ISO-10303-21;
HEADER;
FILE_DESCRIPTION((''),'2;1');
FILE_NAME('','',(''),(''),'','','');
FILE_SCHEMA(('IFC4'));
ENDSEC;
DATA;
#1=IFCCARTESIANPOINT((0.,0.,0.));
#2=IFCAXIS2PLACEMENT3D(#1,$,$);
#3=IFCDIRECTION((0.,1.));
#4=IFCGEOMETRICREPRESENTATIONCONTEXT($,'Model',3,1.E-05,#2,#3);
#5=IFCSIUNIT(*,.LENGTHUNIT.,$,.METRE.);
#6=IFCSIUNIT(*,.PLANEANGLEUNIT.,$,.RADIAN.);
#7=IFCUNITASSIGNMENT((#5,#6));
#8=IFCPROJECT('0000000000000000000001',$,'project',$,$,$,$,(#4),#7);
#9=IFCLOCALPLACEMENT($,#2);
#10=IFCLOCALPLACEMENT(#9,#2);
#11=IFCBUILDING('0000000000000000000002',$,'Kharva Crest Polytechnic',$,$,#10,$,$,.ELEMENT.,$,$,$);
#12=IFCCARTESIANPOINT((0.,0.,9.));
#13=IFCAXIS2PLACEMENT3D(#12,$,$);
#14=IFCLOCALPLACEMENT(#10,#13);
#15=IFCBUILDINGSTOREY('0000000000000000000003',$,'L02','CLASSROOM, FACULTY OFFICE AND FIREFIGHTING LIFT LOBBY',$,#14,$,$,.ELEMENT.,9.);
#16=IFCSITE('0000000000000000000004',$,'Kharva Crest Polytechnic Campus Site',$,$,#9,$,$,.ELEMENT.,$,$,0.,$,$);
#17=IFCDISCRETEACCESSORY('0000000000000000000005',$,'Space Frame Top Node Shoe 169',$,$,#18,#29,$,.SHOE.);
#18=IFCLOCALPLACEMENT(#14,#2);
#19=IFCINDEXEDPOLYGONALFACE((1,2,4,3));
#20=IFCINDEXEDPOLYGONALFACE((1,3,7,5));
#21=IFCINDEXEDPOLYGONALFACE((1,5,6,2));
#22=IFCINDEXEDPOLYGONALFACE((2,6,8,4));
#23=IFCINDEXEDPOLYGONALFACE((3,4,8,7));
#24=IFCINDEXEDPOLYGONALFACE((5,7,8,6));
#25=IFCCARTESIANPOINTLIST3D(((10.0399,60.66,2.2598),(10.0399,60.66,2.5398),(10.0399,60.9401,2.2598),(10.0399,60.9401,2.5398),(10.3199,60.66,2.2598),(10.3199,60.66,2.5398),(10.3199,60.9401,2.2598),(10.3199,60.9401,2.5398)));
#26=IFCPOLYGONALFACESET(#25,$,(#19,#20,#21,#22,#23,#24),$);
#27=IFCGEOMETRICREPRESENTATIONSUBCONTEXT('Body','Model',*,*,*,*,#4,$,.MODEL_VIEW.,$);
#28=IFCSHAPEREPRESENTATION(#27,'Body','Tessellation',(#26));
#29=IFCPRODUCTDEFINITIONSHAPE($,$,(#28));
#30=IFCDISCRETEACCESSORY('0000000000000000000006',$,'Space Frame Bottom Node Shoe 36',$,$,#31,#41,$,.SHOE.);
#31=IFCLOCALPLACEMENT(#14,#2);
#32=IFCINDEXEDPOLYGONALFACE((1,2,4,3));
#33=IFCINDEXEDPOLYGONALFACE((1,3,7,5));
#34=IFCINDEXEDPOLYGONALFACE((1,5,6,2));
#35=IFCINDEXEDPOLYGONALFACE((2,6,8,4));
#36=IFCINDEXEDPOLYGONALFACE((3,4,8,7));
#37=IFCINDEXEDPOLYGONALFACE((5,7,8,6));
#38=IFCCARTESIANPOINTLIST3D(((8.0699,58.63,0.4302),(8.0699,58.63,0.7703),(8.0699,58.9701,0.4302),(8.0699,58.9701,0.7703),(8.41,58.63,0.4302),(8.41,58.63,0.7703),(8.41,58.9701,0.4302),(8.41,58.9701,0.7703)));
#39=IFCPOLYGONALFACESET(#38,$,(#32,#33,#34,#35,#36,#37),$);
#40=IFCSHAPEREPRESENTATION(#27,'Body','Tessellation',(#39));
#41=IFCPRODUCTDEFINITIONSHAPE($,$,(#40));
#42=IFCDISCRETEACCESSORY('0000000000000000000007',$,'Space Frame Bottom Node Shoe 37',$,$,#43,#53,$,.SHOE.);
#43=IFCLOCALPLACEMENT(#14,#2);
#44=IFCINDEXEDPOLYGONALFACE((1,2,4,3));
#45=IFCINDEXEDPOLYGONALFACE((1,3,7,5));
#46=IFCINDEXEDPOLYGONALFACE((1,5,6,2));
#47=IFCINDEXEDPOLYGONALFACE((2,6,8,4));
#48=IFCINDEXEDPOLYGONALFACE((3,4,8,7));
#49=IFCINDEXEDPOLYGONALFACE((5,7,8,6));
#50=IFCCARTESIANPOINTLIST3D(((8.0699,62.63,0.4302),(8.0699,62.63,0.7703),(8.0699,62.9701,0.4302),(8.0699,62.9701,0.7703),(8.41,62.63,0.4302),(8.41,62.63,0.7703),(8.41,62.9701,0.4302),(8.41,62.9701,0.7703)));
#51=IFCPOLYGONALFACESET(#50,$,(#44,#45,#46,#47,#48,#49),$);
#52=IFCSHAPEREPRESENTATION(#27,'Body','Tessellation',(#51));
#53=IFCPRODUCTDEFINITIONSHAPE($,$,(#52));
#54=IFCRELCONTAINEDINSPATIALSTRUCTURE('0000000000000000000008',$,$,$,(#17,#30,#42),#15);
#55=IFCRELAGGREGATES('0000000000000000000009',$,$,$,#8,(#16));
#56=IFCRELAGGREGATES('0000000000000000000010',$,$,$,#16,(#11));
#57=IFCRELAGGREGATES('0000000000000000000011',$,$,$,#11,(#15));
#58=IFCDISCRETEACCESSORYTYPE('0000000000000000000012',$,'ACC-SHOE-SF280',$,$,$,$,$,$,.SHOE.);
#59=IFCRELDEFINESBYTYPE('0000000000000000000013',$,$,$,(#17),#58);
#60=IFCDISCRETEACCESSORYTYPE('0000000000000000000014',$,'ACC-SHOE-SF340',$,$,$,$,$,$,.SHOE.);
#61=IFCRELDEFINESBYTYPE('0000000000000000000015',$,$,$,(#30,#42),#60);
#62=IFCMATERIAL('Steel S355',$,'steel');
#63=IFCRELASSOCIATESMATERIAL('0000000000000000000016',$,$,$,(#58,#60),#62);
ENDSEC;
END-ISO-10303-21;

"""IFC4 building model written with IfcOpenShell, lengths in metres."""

from ifc_helpers import new_model, si_unit, direction, frame, origin, origin_2d, place, context, subcontext, project, spatial, rectangle, extrude, material, type_object, element, save


model = new_model("IFC4")

# Units and contexts
model_context = context("Model", 3, precision=1e-05, world=origin(), true_north=direction((0.0, 1.0)))
body_context = subcontext(model_context, "Body", "Model", "MODEL_VIEW")
ifc_project = project(units=[si_unit("LENGTHUNIT", "METRE"), si_unit("PLANEANGLEUNIT", "RADIAN")], contexts=[model_context])

# Site, building, storey
site_placement = place(None, origin())
site = spatial("IfcSite", under=ifc_project, at=site_placement, Name="Kharva Crest Polytechnic Campus Site", CompositionType="ELEMENT", RefElevation=0.0)
building_placement = place(site_placement, origin())
building = spatial("IfcBuilding", under=site, at=building_placement, Name="Kharva Crest Polytechnic", CompositionType="ELEMENT")
storey_placement = place(building_placement, frame((0.0, 0.0, 9.0)))
storey = spatial("IfcBuildingStorey", under=building, at=storey_placement, Name="L02", Description="CLASSROOM, FACULTY OFFICE AND FIREFIGHTING LIFT LOBBY", CompositionType="ELEMENT", Elevation=9.0)

# Shared definitions
ifc_material_1 = material(Name="Steel S355", Category="steel")

# Discrete accessories
discrete_accessory_type_1 = type_object("IfcDiscreteAccessoryType", Name="ACC-SHOE-SF280", PredefinedType="SHOE", material=ifc_material_1)
for number, where, z_axis, x_axis, name in (
    (1, (10.1799, 60.8, 2.2598), (0.0, 0.0, 1.0), (1.0, 0.0, 0.0), "Space Frame Top Node Shoe 169"),
):
    element("IfcDiscreteAccessory", number, at=place(storey_placement, frame(where, z_axis=z_axis, x_axis=x_axis)), inside=storey, type_object=discrete_accessory_type_1, Name=name, PredefinedType="SHOE", context=body_context, shape_type="SweptSolid", body=[
        extrude(rectangle(XDim=0.28, YDim=0.28, at=origin_2d()), origin(), (0.0, 0.0, 1.0), 0.28),
    ])
discrete_accessory_type_2 = type_object("IfcDiscreteAccessoryType", Name="ACC-SHOE-SF340", PredefinedType="SHOE", material=ifc_material_1)
for number, where, z_axis, x_axis, name in (
    (2, (8.24, 58.8, 0.4302), (0.0, 0.0, 1.0), (1.0, 0.0, 0.0), "Space Frame Bottom Node Shoe 36"),
    (3, (8.24, 62.8, 0.4302), (0.0, 0.0, 1.0), (1.0, 0.0, 0.0), "Space Frame Bottom Node Shoe 37"),
):
    element("IfcDiscreteAccessory", number, at=place(storey_placement, frame(where, z_axis=z_axis, x_axis=x_axis)), inside=storey, type_object=discrete_accessory_type_2, Name=name, PredefinedType="SHOE", context=body_context, shape_type="SweptSolid", body=[
        extrude(rectangle(XDim=0.3401, YDim=0.3401, at=origin_2d()), origin(), (0.0, 0.0, 1.0), 0.3401),
    ])

save(model, "model.ifc")
